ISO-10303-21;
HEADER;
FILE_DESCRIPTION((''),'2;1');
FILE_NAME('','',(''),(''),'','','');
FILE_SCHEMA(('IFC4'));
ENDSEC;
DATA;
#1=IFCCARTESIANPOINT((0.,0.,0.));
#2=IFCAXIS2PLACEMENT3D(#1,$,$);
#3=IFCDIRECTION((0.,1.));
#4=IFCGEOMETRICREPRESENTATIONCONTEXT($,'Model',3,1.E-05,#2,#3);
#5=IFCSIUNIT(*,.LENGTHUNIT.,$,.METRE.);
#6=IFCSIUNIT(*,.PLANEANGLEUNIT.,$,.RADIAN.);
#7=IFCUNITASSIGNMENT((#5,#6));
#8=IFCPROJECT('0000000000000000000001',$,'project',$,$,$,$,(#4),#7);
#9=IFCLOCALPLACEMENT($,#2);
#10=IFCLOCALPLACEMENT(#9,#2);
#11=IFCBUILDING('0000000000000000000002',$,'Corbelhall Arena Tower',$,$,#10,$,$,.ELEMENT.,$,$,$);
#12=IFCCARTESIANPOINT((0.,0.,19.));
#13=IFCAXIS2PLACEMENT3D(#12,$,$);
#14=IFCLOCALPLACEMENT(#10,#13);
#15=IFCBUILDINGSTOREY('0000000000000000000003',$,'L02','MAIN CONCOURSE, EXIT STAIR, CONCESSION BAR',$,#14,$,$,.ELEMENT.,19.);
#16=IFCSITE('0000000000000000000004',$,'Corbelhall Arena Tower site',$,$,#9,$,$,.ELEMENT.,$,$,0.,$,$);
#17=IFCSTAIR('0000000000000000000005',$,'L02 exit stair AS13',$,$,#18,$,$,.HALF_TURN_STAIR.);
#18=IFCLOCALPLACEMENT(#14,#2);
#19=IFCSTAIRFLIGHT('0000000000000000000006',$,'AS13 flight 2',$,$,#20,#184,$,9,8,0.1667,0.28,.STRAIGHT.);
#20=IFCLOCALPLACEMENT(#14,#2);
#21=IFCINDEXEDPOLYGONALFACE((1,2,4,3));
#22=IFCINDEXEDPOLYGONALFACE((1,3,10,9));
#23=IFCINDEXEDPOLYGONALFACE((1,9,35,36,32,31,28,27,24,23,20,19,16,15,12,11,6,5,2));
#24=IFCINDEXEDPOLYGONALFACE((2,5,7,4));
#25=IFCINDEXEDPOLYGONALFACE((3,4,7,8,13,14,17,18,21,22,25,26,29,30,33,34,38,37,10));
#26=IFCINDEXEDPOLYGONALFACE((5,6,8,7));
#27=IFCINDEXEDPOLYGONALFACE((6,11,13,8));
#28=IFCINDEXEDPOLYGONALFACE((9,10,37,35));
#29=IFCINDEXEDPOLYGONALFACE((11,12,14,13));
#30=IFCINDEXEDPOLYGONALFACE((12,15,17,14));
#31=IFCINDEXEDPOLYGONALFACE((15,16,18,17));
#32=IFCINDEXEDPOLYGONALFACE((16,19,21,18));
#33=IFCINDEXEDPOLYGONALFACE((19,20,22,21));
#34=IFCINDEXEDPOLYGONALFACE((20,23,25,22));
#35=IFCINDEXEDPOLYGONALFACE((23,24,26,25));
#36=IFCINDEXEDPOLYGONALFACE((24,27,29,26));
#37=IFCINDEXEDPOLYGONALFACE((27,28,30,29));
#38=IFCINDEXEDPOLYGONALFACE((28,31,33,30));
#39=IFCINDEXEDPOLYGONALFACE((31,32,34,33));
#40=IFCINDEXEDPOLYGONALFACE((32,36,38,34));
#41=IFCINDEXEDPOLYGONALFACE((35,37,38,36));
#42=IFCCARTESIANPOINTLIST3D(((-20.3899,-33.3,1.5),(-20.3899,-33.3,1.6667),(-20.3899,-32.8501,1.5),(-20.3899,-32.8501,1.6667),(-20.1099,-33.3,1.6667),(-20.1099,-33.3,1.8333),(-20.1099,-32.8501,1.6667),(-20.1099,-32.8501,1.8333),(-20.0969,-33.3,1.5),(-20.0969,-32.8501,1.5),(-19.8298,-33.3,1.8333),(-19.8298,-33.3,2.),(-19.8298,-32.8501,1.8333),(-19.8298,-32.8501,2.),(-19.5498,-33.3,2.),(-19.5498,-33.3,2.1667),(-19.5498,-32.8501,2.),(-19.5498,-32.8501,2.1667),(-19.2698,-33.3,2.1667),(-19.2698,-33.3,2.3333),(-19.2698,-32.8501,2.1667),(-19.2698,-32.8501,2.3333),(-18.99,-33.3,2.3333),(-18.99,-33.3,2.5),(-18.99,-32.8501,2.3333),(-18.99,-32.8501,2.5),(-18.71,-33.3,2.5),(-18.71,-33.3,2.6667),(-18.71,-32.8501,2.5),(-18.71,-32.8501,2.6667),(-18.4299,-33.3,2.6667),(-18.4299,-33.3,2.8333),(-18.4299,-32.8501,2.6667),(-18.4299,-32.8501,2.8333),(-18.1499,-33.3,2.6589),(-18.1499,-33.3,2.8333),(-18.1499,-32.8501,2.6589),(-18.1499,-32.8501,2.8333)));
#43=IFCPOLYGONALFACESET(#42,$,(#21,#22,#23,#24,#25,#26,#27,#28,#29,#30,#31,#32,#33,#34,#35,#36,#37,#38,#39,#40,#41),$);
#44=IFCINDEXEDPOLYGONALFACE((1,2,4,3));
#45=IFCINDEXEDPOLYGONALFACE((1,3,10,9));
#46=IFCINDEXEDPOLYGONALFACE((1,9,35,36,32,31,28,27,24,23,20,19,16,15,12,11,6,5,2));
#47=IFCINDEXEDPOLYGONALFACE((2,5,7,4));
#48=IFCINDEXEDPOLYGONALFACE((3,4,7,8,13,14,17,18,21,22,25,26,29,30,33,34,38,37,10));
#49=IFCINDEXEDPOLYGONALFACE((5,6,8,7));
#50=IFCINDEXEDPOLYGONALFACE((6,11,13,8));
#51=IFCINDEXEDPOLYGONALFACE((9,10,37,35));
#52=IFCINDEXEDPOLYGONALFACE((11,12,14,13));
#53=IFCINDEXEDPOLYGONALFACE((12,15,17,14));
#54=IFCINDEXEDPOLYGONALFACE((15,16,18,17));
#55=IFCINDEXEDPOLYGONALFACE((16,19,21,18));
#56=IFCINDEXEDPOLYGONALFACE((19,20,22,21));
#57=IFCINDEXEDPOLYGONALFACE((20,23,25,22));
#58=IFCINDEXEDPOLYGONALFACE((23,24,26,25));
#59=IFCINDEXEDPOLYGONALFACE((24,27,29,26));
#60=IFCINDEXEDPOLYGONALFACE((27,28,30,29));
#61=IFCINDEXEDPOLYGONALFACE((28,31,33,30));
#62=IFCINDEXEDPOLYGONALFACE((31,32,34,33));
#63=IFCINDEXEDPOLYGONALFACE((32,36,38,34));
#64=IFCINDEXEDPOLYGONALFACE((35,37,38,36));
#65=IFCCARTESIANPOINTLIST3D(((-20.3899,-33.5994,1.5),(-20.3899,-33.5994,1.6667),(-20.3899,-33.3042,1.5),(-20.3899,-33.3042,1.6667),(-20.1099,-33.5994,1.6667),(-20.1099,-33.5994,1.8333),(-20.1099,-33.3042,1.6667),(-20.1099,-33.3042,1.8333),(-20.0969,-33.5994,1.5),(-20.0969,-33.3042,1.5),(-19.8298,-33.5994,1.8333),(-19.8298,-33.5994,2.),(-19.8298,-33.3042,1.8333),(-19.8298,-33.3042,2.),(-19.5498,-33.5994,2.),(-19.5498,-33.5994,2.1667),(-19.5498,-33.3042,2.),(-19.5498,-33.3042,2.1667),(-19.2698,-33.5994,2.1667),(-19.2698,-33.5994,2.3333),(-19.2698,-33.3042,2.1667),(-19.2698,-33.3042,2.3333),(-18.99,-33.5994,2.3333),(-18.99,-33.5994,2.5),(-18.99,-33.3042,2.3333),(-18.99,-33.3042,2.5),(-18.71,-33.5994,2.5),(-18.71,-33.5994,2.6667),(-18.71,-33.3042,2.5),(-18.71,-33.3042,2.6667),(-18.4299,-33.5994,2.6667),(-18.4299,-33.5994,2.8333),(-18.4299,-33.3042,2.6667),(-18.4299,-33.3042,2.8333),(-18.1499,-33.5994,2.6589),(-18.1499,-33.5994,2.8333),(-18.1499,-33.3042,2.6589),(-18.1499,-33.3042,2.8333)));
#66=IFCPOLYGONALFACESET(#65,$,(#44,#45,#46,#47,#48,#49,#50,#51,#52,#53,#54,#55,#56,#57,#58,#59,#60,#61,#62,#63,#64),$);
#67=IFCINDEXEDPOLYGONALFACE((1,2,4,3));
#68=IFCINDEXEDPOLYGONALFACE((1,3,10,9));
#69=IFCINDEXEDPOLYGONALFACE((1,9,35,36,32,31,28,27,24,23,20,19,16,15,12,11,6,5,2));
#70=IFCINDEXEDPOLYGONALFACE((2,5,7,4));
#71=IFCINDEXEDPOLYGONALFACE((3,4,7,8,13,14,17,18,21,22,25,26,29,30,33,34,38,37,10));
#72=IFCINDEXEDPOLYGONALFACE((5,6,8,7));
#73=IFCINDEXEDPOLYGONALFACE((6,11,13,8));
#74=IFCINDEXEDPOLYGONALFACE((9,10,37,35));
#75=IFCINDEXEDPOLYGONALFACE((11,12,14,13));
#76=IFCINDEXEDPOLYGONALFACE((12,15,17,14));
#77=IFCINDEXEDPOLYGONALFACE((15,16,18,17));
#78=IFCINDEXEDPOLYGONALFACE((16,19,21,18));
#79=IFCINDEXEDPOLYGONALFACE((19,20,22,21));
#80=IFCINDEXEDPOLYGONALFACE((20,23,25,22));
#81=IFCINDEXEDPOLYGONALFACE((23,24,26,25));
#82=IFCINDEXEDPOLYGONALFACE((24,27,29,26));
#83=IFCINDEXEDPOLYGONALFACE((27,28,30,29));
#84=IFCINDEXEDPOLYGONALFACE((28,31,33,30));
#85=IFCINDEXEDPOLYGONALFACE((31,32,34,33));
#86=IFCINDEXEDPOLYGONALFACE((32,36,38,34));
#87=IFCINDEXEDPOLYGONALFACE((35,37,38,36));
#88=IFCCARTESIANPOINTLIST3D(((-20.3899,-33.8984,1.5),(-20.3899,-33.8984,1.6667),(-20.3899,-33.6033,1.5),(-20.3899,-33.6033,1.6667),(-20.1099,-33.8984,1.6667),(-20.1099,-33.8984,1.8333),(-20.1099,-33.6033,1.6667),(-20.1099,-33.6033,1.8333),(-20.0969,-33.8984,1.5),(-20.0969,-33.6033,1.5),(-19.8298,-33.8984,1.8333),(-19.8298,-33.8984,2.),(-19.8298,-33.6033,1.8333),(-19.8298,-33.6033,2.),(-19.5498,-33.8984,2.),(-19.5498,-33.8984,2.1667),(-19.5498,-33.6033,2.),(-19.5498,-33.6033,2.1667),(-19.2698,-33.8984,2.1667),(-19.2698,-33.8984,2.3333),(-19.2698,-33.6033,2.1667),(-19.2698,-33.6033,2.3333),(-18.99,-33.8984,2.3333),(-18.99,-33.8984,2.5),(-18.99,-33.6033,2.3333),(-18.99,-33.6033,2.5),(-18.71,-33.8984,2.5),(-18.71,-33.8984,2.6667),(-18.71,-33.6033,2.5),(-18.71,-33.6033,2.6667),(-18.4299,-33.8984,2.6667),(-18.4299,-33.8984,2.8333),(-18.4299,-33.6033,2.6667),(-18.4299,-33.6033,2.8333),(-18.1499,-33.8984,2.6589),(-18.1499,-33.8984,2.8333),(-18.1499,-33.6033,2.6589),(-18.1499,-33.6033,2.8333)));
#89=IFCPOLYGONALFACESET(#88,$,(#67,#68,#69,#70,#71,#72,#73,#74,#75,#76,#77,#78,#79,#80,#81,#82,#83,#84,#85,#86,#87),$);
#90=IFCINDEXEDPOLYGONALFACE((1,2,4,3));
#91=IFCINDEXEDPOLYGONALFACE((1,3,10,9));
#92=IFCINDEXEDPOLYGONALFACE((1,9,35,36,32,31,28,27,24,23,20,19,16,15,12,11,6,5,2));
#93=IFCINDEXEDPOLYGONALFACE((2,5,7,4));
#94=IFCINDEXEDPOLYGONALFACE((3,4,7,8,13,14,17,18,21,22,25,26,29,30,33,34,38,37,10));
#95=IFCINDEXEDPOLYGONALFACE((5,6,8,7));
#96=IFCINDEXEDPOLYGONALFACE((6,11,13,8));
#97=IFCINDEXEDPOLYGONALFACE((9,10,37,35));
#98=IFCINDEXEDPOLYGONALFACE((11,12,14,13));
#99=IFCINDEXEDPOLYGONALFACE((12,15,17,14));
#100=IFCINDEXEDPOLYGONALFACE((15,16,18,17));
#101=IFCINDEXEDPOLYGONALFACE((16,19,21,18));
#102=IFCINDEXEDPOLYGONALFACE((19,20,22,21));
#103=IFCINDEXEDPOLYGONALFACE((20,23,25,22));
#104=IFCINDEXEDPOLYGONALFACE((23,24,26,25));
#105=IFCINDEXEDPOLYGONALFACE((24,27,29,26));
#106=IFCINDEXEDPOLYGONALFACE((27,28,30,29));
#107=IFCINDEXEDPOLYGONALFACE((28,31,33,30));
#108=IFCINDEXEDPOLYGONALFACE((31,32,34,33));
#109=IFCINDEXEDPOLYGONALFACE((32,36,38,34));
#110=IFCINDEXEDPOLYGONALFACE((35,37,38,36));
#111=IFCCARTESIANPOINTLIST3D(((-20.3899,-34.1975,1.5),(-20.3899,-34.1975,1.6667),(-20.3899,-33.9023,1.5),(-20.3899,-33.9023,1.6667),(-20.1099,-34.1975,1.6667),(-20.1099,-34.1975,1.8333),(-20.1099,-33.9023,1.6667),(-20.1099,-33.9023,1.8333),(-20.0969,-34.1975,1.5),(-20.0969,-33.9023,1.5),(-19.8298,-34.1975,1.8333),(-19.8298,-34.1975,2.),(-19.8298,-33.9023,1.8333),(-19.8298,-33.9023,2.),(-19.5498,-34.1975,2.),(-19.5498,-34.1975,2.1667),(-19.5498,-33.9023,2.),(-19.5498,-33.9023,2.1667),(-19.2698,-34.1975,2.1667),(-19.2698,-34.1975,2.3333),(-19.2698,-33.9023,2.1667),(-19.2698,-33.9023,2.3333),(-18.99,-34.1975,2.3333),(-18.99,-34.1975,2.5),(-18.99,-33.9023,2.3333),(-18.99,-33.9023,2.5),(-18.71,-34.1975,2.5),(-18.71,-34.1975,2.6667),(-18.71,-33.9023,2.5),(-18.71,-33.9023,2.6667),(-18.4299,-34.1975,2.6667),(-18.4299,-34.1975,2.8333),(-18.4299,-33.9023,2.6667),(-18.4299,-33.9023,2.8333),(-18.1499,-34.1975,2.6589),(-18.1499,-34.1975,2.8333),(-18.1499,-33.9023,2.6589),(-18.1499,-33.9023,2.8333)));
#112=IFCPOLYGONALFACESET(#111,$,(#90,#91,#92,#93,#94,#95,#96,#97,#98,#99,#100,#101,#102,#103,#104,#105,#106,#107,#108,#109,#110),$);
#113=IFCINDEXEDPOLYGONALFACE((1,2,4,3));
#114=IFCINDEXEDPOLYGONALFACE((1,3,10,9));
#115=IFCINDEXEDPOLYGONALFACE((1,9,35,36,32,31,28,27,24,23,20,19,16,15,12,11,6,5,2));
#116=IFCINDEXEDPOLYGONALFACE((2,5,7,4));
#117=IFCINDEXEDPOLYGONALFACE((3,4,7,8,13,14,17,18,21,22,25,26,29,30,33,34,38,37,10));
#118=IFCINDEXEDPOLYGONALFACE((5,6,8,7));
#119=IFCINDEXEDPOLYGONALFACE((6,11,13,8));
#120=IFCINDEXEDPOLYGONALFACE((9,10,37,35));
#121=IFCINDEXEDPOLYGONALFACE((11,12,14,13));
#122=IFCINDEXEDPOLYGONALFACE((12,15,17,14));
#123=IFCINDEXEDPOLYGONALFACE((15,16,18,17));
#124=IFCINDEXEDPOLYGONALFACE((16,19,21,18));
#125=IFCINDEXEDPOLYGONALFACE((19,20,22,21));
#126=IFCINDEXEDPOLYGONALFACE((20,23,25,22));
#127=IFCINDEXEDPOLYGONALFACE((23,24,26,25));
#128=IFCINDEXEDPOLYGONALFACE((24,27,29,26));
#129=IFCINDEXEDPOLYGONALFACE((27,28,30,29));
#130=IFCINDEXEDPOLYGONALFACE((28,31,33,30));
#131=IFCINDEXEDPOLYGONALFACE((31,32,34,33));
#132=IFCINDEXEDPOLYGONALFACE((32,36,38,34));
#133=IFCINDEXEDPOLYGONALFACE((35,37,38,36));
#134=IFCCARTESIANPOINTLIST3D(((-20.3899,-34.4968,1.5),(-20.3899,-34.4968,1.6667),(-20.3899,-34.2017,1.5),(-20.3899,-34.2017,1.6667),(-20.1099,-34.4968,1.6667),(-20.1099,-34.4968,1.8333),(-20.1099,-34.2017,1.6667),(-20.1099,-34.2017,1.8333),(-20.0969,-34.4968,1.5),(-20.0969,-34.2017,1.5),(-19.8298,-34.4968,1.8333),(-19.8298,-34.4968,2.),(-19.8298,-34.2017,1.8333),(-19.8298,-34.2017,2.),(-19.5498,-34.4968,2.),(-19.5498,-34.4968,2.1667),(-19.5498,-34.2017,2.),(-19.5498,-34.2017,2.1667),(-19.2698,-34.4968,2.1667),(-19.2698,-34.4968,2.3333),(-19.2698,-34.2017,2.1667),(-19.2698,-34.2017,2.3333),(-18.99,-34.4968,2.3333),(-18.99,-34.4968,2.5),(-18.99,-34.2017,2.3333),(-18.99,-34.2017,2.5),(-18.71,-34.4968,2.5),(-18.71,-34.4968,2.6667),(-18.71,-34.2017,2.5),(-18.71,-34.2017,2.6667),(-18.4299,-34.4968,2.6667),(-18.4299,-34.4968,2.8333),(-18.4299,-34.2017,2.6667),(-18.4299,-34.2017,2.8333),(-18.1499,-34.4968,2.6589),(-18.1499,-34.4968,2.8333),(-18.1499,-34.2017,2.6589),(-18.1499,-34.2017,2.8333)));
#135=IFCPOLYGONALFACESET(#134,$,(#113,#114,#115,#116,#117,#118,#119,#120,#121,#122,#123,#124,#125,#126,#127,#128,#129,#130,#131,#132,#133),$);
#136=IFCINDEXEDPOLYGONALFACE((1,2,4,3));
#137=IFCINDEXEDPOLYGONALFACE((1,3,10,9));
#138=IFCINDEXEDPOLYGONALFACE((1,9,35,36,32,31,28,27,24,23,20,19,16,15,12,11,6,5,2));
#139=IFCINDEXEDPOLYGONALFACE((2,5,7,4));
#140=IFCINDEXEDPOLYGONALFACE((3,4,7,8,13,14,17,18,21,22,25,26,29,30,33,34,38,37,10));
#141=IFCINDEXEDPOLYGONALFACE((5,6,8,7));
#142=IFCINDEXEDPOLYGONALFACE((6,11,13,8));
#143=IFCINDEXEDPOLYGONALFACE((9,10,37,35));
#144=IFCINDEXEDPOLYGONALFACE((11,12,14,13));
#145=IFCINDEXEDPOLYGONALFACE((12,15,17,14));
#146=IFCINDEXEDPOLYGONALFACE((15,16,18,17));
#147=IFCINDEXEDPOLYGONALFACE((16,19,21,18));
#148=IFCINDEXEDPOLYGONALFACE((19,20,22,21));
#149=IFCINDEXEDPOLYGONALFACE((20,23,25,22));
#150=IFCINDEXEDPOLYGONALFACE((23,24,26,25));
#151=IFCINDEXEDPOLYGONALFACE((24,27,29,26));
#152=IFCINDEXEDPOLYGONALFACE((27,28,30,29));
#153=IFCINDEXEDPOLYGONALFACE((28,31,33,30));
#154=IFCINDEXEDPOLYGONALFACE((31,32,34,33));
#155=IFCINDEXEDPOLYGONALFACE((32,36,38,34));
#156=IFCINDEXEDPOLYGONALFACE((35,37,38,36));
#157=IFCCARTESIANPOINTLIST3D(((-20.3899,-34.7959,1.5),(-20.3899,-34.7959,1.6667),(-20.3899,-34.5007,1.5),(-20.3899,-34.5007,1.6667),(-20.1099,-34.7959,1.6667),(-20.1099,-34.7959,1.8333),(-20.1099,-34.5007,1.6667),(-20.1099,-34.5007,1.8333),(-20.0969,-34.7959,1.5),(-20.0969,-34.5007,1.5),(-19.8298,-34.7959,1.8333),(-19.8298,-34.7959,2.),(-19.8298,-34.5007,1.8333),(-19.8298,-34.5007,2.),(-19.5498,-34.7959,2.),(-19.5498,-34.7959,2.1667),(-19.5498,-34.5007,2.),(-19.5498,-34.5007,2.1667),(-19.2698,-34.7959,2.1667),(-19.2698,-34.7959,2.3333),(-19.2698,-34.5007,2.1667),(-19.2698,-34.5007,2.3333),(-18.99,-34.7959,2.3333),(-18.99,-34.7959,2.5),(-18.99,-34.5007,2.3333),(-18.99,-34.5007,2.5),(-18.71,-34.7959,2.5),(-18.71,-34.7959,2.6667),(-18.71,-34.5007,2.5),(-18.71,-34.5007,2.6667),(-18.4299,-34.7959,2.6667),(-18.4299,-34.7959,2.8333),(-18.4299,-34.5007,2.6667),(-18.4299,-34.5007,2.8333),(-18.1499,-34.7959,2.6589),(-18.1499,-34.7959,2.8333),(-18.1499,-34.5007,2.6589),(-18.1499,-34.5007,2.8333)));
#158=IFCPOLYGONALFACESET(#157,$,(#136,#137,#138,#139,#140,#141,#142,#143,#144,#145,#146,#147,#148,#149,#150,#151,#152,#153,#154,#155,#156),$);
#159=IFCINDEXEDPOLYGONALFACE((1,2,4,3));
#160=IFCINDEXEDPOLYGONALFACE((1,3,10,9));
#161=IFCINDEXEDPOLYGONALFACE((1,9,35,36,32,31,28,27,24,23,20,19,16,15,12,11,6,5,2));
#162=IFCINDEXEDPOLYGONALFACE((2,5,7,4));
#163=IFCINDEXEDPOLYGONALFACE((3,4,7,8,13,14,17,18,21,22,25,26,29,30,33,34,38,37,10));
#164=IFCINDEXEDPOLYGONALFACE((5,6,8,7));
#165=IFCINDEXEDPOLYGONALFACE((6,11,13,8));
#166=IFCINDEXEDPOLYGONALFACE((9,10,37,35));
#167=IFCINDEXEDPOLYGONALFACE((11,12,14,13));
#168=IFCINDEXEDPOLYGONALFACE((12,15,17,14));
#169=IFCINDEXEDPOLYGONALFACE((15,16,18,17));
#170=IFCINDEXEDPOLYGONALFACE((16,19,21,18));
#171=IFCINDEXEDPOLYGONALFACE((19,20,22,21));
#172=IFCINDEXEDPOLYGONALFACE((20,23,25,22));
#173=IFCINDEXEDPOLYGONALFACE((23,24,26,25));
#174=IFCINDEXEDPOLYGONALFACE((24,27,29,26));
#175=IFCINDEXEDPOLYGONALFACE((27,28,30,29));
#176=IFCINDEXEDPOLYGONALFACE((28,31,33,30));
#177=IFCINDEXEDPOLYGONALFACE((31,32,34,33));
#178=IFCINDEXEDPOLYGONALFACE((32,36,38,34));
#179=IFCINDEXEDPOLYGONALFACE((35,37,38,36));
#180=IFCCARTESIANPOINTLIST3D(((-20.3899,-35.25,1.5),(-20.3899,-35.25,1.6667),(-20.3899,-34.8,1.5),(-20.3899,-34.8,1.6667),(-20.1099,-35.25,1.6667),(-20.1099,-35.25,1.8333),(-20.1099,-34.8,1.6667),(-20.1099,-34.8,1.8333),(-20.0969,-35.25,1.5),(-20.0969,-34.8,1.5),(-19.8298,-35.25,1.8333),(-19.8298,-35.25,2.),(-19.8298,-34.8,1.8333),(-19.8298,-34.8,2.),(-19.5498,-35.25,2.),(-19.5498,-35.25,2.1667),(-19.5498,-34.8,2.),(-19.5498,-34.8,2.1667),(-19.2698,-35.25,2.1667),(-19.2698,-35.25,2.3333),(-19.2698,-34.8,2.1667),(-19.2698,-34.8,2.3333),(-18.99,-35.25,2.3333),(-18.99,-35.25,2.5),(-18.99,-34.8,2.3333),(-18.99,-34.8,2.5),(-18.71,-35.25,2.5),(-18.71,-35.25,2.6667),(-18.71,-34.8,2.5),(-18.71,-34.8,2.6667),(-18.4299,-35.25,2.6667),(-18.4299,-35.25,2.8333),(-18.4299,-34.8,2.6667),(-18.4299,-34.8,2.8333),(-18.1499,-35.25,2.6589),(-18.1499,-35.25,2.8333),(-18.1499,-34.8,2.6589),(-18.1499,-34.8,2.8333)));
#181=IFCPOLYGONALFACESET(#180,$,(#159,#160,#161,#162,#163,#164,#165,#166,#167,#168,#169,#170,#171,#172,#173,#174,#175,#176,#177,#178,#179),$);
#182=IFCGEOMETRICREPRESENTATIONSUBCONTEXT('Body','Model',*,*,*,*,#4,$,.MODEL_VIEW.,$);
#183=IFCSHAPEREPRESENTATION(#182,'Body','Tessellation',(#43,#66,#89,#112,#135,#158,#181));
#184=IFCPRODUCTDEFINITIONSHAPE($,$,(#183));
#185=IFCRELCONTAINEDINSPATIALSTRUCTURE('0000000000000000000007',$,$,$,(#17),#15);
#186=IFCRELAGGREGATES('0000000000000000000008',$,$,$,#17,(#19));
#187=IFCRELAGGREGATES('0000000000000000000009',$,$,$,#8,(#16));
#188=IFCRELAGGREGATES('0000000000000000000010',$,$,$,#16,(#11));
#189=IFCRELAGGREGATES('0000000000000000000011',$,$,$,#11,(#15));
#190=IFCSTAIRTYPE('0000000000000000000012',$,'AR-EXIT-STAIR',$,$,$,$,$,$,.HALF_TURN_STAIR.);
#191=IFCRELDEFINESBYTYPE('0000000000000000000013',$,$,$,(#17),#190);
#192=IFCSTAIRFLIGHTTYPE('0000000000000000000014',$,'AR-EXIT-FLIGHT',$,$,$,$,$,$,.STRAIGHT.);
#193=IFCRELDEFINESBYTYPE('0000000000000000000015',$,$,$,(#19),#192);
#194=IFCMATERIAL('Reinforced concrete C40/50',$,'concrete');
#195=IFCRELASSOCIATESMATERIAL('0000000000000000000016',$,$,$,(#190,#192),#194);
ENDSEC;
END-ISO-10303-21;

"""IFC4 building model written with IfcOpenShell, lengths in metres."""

from ifc_helpers import new_model, si_unit, direction, frame, origin, place, context, subcontext, project, spatial, polyline, outline, extrude, material, type_object, element, aggregate, save


model = new_model("IFC4")

# Units and contexts
model_context = context("Model", 3, precision=1e-05, world=origin(), true_north=direction((0.0, 1.0)))
body_context = subcontext(model_context, "Body", "Model", "MODEL_VIEW")
ifc_project = project(units=[si_unit("LENGTHUNIT", "METRE"), si_unit("PLANEANGLEUNIT", "RADIAN")], contexts=[model_context])

# Site, building, storey
site_placement = place(None, origin())
site = spatial("IfcSite", under=ifc_project, at=site_placement, Name="Corbelhall Arena Tower site", CompositionType="ELEMENT", RefElevation=0.0)
building_placement = place(site_placement, origin())
building = spatial("IfcBuilding", under=site, at=building_placement, Name="Corbelhall Arena Tower", CompositionType="ELEMENT")
storey_placement = place(building_placement, frame((0.0, 0.0, 19.0)))
storey = spatial("IfcBuildingStorey", under=building, at=storey_placement, Name="L02", Description="MAIN CONCOURSE, EXIT STAIR, CONCESSION BAR", CompositionType="ELEMENT", Elevation=19.0)

# Shared definitions
ifc_material_1 = material(Name="Reinforced concrete C40/50", Category="concrete")

# Stair, stair flight
stair_type = type_object("IfcStairType", Name="AR-EXIT-STAIR", PredefinedType="HALF_TURN_STAIR", material=ifc_material_1)
stair_1_placement = place(storey_placement, origin())
stair_1 = element("IfcStair", 1, at=stair_1_placement, inside=storey, type_object=stair_type, Name="L02 exit stair AS13", PredefinedType="HALF_TURN_STAIR")
stair_flight_type = type_object("IfcStairFlightType", Name="AR-EXIT-FLIGHT", PredefinedType="STRAIGHT", material=ifc_material_1)
stair_flight_1_placement = place(storey_placement, frame((-20.3899, -34.05, 1.5), z_axis=(0.0, 0.0, 1.0), x_axis=(1.0, 0.0, 0.0)))
stair_flight_1 = element("IfcStairFlight", 2, at=stair_flight_1_placement, type_object=stair_flight_type, Name="AS13 flight 2", NumberOfRisers=9, NumberOfTreads=8, PredefinedType="STRAIGHT", RiserHeight=0.1667, TreadLength=0.28, context=body_context, shape_type="SweptSolid", body=[
    extrude(outline(polyline([(0.0, 0.0), (0.0, 0.1667), (0.28, 0.1667), (0.28, 0.3333), (0.5601, 0.3333), (0.5601, 0.5), (0.8401, 0.5), (0.8401, 0.6667), (1.1201, 0.6667), (1.1201, 0.8333), (1.3999, 0.8333), (1.3999, 1.0), (1.6799, 1.0), (1.6799, 1.1667), (1.96, 1.1667), (1.96, 1.3333), (2.24, 1.3333), (2.24, 1.5), (2.24, 1.1589), (0.293, 0.0), (0.0, 0.0)])), frame((0.0, 1.2, 0.0), z_axis=(0.0, -1.0, 0.0), x_axis=(1.0, 0.0, 0.0)), (0.0, 0.0, 1.0), 0.45),
    extrude(outline(polyline([(0.0, 0.0), (0.0, 0.1667), (0.28, 0.1667), (0.28, 0.3333), (0.5601, 0.3333), (0.5601, 0.5), (0.8401, 0.5), (0.8401, 0.6667), (1.1201, 0.6667), (1.1201, 0.8333), (1.3999, 0.8333), (1.3999, 1.0), (1.6799, 1.0), (1.6799, 1.1667), (1.96, 1.1667), (1.96, 1.3333), (2.24, 1.3333), (2.24, 1.5), (2.24, 1.1589), (0.293, 0.0), (0.0, 0.0)])), frame((0.0, 0.7458, 0.0), z_axis=(0.0, -1.0, 0.0), x_axis=(1.0, 0.0, 0.0)), (0.0, 0.0, 1.0), 0.2952),
    extrude(outline(polyline([(0.0, 0.0), (0.0, 0.1667), (0.28, 0.1667), (0.28, 0.3333), (0.5601, 0.3333), (0.5601, 0.5), (0.8401, 0.5), (0.8401, 0.6667), (1.1201, 0.6667), (1.1201, 0.8333), (1.3999, 0.8333), (1.3999, 1.0), (1.6799, 1.0), (1.6799, 1.1667), (1.96, 1.1667), (1.96, 1.3333), (2.24, 1.3333), (2.24, 1.5), (2.24, 1.1589), (0.293, 0.0), (0.0, 0.0)])), frame((0.0, 0.4468, 0.0), z_axis=(0.0, -1.0, 0.0), x_axis=(1.0, 0.0, 0.0)), (0.0, 0.0, 1.0), 0.2952),
    extrude(outline(polyline([(0.0, 0.0), (0.0, 0.1667), (0.28, 0.1667), (0.28, 0.3333), (0.5601, 0.3333), (0.5601, 0.5), (0.8401, 0.5), (0.8401, 0.6667), (1.1201, 0.6667), (1.1201, 0.8333), (1.3999, 0.8333), (1.3999, 1.0), (1.6799, 1.0), (1.6799, 1.1667), (1.96, 1.1667), (1.96, 1.3333), (2.24, 1.3333), (2.24, 1.5), (2.24, 1.1589), (0.293, 0.0), (0.0, 0.0)])), frame((0.0, 0.1477, 0.0), z_axis=(0.0, -1.0, 0.0), x_axis=(1.0, 0.0, 0.0)), (0.0, 0.0, 1.0), 0.2952),
    extrude(outline(polyline([(0.0, 0.0), (0.0, 0.1667), (0.28, 0.1667), (0.28, 0.3333), (0.5601, 0.3333), (0.5601, 0.5), (0.8401, 0.5), (0.8401, 0.6667), (1.1201, 0.6667), (1.1201, 0.8333), (1.3999, 0.8333), (1.3999, 1.0), (1.6799, 1.0), (1.6799, 1.1667), (1.96, 1.1667), (1.96, 1.3333), (2.24, 1.3333), (2.24, 1.5), (2.24, 1.1589), (0.293, 0.0), (0.0, 0.0)])), frame((0.0, -0.1516, 0.0), z_axis=(0.0, -1.0, 0.0), x_axis=(1.0, 0.0, 0.0)), (0.0, 0.0, 1.0), 0.2952),
    extrude(outline(polyline([(0.0, 0.0), (0.0, 0.1667), (0.28, 0.1667), (0.28, 0.3333), (0.5601, 0.3333), (0.5601, 0.5), (0.8401, 0.5), (0.8401, 0.6667), (1.1201, 0.6667), (1.1201, 0.8333), (1.3999, 0.8333), (1.3999, 1.0), (1.6799, 1.0), (1.6799, 1.1667), (1.96, 1.1667), (1.96, 1.3333), (2.24, 1.3333), (2.24, 1.5), (2.24, 1.1589), (0.293, 0.0), (0.0, 0.0)])), frame((0.0, -0.4507, 0.0), z_axis=(0.0, -1.0, 0.0), x_axis=(1.0, 0.0, 0.0)), (0.0, 0.0, 1.0), 0.2952),
    extrude(outline(polyline([(0.0, 0.0), (0.0, 0.1667), (0.28, 0.1667), (0.28, 0.3333), (0.5601, 0.3333), (0.5601, 0.5), (0.8401, 0.5), (0.8401, 0.6667), (1.1201, 0.6667), (1.1201, 0.8333), (1.3999, 0.8333), (1.3999, 1.0), (1.6799, 1.0), (1.6799, 1.1667), (1.96, 1.1667), (1.96, 1.3333), (2.24, 1.3333), (2.24, 1.5), (2.24, 1.1589), (0.293, 0.0), (0.0, 0.0)])), frame((0.0, -0.75, 0.0), z_axis=(0.0, -1.0, 0.0), x_axis=(1.0, 0.0, 0.0)), (0.0, 0.0, 1.0), 0.45),
])
aggregate(stair_1, [stair_flight_1])

save(model, "model.ifc")
